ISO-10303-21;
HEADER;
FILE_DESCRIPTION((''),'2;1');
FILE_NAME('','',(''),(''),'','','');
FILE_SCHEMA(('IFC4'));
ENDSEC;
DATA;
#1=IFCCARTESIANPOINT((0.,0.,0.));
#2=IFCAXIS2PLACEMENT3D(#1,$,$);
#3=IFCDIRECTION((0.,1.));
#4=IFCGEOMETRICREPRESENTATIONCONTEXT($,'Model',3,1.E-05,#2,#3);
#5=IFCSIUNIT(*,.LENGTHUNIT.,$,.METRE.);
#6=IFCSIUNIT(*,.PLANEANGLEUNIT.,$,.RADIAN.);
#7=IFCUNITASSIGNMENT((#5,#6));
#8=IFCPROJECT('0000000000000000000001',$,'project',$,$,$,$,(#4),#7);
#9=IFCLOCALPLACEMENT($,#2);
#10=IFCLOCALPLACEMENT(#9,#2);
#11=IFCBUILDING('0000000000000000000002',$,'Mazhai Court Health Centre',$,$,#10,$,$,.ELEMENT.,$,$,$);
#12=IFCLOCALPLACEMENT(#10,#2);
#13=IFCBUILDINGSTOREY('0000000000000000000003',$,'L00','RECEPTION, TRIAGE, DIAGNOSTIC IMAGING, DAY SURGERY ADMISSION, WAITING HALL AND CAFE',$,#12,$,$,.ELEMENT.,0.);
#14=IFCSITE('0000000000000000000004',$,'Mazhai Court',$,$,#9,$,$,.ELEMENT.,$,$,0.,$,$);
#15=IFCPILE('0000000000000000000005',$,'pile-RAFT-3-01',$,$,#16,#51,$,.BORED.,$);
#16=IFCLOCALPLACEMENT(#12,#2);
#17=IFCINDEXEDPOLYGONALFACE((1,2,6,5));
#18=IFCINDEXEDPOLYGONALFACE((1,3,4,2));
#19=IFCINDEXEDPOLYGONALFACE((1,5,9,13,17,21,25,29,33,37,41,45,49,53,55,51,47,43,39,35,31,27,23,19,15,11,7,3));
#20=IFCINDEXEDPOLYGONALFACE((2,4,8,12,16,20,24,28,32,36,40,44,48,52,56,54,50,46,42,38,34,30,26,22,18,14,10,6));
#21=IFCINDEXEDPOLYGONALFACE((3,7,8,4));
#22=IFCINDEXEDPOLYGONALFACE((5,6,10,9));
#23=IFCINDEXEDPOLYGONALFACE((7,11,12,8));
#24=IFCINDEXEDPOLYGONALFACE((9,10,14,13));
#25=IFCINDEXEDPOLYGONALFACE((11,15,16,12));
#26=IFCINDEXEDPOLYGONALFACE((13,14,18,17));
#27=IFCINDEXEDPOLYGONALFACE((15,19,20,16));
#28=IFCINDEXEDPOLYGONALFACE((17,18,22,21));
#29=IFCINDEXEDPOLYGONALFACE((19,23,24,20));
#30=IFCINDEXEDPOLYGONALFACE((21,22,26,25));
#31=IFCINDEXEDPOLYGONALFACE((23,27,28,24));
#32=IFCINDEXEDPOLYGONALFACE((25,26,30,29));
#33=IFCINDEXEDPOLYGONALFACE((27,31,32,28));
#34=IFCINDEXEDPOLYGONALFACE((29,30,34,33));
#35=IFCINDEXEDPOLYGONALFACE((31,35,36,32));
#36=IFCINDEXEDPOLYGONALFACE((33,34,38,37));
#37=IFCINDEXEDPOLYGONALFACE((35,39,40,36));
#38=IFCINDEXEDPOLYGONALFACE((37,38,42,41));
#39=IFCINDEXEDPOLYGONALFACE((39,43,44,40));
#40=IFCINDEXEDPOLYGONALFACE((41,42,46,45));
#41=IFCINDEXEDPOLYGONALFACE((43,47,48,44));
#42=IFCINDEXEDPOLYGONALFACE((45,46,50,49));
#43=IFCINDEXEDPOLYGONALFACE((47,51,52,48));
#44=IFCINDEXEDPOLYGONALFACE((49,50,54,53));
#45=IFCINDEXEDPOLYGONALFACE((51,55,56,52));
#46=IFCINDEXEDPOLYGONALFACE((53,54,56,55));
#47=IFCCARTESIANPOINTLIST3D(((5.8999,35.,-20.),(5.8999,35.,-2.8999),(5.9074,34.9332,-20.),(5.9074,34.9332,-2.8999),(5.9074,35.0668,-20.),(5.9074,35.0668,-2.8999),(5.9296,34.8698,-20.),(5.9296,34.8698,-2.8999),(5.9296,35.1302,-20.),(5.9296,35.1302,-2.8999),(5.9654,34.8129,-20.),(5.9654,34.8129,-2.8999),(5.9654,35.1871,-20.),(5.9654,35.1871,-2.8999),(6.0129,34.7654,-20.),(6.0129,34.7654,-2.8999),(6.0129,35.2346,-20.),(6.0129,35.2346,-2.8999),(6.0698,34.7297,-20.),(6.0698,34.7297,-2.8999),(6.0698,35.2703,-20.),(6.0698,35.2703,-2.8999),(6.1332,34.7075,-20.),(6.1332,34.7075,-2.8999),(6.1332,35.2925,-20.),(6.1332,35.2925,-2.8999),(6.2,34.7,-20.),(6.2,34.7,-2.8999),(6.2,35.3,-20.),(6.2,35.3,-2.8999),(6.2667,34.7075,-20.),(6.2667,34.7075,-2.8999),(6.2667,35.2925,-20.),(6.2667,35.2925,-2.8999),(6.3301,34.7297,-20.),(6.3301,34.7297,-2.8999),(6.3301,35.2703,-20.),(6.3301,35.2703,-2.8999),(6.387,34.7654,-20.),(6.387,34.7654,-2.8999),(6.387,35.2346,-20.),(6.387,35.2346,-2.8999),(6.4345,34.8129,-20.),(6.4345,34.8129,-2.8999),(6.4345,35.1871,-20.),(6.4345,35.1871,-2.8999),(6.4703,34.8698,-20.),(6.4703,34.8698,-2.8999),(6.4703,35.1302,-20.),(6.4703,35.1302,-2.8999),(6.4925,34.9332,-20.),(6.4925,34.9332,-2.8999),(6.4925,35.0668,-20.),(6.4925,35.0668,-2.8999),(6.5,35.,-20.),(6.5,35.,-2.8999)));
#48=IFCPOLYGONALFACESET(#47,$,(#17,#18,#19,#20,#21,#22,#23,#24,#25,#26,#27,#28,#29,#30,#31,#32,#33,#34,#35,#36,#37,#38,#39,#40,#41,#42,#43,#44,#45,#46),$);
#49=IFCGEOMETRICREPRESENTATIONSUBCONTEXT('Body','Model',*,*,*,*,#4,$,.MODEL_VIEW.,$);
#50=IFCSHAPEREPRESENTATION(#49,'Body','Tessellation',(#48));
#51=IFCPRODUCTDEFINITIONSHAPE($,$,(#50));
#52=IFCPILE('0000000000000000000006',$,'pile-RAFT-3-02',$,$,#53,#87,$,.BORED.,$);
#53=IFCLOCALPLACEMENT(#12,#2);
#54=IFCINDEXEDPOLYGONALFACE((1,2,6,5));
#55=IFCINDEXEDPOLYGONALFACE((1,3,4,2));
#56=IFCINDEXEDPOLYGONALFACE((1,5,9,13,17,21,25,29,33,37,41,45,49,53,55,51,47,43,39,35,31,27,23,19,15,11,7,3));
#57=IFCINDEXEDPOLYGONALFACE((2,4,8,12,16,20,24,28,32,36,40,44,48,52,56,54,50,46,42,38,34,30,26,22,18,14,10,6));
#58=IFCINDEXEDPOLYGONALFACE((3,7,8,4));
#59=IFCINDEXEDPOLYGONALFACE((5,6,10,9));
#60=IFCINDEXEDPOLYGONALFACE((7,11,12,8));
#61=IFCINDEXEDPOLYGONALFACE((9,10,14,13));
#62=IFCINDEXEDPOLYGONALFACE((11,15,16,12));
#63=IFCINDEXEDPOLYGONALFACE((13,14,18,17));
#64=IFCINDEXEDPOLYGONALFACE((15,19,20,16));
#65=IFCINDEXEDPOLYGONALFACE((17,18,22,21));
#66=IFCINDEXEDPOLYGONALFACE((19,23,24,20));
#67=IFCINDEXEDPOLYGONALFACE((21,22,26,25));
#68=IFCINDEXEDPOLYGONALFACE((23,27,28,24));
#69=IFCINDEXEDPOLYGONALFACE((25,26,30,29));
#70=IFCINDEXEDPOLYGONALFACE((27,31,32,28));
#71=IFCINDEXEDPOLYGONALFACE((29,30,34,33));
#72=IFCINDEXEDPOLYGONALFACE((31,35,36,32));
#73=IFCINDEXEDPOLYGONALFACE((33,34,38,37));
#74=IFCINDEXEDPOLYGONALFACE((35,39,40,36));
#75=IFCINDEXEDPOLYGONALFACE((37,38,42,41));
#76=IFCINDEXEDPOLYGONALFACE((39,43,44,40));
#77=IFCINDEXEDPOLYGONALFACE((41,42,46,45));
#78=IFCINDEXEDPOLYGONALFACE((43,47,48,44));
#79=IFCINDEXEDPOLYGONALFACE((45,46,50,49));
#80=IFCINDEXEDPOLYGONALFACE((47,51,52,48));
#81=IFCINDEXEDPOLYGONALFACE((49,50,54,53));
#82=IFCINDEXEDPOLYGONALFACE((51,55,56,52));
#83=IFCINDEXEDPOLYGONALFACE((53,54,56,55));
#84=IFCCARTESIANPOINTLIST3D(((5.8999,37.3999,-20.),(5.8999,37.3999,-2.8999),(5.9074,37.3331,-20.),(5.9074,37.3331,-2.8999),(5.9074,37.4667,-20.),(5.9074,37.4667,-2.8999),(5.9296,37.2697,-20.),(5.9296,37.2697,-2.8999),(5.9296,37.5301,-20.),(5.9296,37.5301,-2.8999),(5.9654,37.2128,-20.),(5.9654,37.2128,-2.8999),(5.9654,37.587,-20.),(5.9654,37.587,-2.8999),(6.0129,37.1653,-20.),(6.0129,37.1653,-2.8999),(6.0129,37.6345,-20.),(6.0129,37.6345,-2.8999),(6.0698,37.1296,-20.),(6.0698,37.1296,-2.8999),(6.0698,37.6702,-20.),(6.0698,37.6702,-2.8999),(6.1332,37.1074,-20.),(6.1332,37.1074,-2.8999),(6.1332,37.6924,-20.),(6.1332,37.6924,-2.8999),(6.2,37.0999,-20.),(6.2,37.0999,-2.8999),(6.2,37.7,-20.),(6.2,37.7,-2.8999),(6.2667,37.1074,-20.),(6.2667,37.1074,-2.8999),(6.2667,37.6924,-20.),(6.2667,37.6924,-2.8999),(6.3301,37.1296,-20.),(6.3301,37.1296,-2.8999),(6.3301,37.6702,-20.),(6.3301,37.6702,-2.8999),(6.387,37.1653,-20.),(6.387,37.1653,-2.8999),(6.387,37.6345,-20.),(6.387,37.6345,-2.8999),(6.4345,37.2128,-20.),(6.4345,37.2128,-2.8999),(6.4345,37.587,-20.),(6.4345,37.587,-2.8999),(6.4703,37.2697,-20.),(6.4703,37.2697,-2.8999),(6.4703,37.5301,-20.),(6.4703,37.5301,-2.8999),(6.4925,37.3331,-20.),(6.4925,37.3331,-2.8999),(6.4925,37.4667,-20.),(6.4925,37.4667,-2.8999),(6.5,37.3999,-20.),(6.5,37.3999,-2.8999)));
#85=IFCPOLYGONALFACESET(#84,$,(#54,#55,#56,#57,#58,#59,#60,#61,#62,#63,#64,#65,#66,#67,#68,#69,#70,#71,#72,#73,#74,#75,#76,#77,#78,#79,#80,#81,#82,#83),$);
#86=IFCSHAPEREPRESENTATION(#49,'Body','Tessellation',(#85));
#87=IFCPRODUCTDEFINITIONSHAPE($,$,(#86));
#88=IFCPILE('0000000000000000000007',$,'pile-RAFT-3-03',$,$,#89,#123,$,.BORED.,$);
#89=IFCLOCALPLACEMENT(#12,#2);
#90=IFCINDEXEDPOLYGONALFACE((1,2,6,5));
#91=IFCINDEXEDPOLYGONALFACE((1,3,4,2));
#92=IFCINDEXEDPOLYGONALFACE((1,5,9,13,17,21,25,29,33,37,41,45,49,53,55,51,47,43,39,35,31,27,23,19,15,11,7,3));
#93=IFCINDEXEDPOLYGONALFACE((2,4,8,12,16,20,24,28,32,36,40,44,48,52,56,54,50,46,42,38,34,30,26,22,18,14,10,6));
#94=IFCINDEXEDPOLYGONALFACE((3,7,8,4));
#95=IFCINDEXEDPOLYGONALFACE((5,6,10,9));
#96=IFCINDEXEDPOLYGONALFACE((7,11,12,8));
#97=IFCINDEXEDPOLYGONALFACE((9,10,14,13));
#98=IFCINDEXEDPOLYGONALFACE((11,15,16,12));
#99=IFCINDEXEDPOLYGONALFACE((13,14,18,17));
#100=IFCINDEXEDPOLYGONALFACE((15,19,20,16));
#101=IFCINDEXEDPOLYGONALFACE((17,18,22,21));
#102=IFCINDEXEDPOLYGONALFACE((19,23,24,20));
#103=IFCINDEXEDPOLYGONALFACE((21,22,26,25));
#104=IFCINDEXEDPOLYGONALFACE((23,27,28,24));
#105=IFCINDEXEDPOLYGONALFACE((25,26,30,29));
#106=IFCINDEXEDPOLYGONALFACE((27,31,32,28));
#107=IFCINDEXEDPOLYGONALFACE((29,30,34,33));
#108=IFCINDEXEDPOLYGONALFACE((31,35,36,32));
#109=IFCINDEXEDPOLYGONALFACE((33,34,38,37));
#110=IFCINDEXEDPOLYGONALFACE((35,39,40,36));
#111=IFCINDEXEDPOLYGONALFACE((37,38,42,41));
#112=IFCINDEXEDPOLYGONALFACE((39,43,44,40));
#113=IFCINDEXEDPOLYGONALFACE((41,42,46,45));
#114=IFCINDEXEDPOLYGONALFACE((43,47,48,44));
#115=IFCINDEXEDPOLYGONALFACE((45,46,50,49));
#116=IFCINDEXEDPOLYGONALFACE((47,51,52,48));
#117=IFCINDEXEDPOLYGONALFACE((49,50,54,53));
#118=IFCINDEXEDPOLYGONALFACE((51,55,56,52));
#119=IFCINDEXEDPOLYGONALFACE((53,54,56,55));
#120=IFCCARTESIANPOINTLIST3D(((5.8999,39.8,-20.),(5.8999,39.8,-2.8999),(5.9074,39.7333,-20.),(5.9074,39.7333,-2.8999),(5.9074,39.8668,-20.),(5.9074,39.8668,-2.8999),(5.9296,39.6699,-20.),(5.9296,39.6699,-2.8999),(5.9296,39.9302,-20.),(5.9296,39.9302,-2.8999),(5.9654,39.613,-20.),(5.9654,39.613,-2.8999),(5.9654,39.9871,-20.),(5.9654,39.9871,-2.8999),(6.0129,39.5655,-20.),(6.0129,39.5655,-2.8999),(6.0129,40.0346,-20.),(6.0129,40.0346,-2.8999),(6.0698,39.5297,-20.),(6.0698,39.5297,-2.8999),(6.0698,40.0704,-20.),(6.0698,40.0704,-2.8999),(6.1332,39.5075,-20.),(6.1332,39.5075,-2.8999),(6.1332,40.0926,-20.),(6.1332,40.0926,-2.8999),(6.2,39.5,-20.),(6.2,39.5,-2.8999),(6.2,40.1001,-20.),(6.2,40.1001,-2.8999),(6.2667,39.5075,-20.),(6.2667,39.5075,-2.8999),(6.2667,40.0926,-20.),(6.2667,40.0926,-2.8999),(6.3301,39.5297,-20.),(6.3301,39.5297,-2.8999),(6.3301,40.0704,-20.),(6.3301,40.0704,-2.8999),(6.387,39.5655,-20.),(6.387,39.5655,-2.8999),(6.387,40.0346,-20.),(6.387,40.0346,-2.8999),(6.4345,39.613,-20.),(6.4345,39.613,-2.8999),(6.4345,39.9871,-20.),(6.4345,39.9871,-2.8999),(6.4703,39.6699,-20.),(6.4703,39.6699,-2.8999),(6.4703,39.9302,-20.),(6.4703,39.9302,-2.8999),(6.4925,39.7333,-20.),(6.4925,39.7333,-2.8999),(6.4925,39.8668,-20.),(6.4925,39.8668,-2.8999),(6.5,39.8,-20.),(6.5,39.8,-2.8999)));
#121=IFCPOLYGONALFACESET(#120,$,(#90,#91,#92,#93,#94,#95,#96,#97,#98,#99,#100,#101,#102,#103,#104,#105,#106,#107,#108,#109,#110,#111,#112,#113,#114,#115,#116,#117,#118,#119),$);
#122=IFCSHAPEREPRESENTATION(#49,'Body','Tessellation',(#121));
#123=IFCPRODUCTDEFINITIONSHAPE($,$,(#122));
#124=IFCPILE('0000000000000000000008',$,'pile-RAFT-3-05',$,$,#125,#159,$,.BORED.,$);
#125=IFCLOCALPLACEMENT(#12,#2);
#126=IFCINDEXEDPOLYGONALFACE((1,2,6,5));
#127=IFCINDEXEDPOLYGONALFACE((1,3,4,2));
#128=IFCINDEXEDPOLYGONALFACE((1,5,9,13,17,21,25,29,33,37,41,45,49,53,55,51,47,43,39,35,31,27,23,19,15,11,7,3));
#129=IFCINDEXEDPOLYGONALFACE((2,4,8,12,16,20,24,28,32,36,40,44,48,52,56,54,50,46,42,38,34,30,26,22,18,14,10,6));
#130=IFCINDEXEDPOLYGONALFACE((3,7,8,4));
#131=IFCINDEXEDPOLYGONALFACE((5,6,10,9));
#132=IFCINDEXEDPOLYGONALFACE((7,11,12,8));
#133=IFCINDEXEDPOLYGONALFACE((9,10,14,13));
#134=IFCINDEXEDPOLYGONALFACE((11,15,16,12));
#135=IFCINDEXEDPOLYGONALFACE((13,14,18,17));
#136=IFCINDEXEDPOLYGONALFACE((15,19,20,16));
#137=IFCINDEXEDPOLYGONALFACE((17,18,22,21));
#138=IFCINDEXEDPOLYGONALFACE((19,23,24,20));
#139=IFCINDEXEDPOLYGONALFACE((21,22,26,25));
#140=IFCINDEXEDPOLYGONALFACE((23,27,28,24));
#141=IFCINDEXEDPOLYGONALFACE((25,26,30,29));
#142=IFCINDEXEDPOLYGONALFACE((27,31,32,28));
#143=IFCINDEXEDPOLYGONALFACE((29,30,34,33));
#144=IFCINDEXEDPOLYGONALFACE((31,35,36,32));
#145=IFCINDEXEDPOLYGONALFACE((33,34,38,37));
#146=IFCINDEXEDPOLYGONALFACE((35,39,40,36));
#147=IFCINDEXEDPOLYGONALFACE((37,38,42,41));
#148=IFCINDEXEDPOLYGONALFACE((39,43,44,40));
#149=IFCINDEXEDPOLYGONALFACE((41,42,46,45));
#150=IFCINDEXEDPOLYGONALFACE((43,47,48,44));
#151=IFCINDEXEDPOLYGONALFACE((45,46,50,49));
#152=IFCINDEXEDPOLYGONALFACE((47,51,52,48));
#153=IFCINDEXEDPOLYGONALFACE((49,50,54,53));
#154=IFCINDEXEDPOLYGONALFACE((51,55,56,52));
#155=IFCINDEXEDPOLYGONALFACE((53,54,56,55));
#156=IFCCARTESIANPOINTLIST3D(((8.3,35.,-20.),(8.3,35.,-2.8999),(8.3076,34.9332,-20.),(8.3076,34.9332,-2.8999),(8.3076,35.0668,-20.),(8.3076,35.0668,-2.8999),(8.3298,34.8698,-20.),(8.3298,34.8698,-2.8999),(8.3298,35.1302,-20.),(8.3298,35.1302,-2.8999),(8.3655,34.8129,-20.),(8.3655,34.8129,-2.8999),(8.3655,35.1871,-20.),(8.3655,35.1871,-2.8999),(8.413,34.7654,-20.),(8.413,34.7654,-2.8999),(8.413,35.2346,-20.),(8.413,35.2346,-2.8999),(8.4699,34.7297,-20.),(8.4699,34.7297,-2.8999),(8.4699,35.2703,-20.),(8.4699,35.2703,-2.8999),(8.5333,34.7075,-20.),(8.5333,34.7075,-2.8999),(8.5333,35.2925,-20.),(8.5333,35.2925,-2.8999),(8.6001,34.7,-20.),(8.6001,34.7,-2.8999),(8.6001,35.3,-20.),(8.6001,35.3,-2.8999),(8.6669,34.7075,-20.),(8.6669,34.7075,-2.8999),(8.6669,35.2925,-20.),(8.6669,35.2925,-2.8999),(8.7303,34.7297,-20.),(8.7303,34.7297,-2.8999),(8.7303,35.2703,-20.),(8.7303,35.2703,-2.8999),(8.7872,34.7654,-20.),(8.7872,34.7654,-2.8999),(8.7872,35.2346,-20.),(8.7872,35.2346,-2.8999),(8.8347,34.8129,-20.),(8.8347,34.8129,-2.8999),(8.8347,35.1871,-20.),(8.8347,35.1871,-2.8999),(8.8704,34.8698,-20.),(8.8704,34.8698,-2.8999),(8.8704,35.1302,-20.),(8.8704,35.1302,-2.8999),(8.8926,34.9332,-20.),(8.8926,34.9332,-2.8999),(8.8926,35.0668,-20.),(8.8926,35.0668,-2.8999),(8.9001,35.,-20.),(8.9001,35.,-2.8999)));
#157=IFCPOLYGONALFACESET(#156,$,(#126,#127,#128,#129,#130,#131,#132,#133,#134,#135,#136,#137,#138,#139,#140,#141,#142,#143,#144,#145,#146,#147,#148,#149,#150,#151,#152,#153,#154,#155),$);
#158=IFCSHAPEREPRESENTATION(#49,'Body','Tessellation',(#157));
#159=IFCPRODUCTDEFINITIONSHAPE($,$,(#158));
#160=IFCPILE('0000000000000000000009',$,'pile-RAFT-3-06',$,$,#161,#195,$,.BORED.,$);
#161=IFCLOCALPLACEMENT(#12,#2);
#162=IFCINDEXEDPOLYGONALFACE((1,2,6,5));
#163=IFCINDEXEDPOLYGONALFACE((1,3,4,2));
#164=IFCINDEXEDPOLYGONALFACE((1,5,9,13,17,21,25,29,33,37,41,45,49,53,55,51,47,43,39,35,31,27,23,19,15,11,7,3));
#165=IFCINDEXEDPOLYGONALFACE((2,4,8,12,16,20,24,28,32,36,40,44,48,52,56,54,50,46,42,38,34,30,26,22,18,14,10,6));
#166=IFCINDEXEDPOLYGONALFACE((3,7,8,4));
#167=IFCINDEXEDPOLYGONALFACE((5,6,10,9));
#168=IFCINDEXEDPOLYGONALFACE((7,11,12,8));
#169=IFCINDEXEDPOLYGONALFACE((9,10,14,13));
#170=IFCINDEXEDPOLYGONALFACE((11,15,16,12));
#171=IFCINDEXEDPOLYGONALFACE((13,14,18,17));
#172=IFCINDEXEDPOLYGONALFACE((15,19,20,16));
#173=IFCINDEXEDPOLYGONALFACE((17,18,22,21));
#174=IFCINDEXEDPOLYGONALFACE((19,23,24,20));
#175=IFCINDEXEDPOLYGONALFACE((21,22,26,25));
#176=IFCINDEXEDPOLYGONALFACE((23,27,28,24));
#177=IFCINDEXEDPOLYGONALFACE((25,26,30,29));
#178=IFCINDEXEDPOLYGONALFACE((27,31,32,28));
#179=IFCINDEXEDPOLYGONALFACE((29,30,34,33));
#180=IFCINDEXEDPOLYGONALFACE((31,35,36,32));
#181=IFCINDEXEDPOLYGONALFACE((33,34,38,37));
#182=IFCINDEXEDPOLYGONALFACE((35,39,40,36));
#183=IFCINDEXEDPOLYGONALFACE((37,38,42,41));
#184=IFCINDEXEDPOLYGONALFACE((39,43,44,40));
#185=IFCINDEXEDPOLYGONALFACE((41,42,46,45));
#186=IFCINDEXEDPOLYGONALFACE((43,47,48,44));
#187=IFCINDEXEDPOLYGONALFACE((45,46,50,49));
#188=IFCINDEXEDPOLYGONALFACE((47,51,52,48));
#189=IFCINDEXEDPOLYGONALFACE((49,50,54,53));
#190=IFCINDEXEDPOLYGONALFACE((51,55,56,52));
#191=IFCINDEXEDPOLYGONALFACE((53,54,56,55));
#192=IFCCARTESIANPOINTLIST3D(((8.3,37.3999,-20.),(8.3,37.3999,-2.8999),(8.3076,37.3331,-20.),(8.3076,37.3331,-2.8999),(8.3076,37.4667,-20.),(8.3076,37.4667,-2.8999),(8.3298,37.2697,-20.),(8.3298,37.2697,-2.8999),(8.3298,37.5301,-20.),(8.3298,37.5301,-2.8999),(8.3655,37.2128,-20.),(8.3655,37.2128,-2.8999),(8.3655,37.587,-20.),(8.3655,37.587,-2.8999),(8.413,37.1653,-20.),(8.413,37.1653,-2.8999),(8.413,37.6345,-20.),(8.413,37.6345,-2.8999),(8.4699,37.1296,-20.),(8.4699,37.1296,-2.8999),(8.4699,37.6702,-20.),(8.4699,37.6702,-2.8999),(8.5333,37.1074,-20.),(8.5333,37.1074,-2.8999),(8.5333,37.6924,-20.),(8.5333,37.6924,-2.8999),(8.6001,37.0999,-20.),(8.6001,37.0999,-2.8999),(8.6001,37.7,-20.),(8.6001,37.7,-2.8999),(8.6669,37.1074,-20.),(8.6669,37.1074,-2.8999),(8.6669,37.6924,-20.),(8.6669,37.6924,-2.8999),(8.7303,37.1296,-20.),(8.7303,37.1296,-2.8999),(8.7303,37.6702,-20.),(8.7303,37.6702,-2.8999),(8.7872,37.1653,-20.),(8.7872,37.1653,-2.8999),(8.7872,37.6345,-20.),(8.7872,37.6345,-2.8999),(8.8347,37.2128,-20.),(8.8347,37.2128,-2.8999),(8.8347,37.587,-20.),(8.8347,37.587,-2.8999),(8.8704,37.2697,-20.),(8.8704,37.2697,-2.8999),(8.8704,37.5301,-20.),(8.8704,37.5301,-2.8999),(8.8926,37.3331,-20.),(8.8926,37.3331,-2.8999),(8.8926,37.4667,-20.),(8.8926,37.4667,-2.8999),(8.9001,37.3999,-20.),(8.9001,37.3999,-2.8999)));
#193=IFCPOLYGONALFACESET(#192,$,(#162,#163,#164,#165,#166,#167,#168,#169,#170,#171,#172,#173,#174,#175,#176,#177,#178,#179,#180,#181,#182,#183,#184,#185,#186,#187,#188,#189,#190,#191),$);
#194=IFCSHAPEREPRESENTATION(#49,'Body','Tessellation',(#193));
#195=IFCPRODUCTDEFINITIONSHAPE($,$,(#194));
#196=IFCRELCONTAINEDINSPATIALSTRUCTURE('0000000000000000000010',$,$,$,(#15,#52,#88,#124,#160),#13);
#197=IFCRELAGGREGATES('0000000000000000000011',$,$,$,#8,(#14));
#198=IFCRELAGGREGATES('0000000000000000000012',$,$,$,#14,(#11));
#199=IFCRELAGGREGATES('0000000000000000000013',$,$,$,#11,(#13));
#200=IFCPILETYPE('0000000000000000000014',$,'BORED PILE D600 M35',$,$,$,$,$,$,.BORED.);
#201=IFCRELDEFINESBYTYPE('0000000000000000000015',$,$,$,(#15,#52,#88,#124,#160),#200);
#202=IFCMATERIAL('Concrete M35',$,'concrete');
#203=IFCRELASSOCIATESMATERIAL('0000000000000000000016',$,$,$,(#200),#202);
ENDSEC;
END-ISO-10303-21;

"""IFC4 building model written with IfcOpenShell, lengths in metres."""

from ifc_helpers import new_model, si_unit, direction, frame, origin, origin_2d, place, context, subcontext, project, spatial, circle, extrude, material, material_profile, profile_set, type_object, element, save


model = new_model("IFC4")

# Units and contexts
model_context = context("Model", 3, precision=1e-05, world=origin(), true_north=direction((0.0, 1.0)))
body_context = subcontext(model_context, "Body", "Model", "MODEL_VIEW")
ifc_project = project(units=[si_unit("LENGTHUNIT", "METRE"), si_unit("PLANEANGLEUNIT", "RADIAN")], contexts=[model_context])

# Site, building, storey
site_placement = place(None, origin())
site = spatial("IfcSite", under=ifc_project, at=site_placement, Name="Mazhai Court", CompositionType="ELEMENT", RefElevation=0.0)
building_placement = place(site_placement, origin())
building = spatial("IfcBuilding", under=site, at=building_placement, Name="Mazhai Court Health Centre", CompositionType="ELEMENT")
storey_placement = place(building_placement, origin())
storey = spatial("IfcBuildingStorey", under=building, at=storey_placement, Name="L00", Description="RECEPTION, TRIAGE, DIAGNOSTIC IMAGING, DAY SURGERY ADMISSION, WAITING HALL AND CAFE", CompositionType="ELEMENT", Elevation=0.0)

# Piles
ifc_material_1 = material(Name="Concrete M35", Category="concrete")
ifc_material_profile_1 = material_profile(ifc_material_1, circle(Radius=0.3, at=origin_2d()), Name="RC PILE D600")
ifc_profile_set_1 = profile_set([ifc_material_profile_1], Name="Concrete M35")
pile_type = type_object("IfcPileType", Name="BORED PILE D600 M35", PredefinedType="BORED", material=ifc_profile_set_1)
for number, where, z_axis, x_axis, name in (
    (1, (6.2, 35.0, -2.8999), (0.0, 0.0, -1.0), (1.0, 0.0, 0.0), "pile-RAFT-3-01"),
    (2, (6.2, 37.3999, -2.8999), (0.0, 0.0, -1.0), (1.0, 0.0, 0.0), "pile-RAFT-3-02"),
    (3, (6.2, 39.8, -2.8999), (0.0, 0.0, -1.0), (1.0, 0.0, 0.0), "pile-RAFT-3-03"),
    (4, (8.6001, 35.0, -2.8999), (0.0, 0.0, -1.0), (1.0, 0.0, 0.0), "pile-RAFT-3-05"),
    (5, (8.6001, 37.3999, -2.8999), (0.0, 0.0, -1.0), (1.0, 0.0, 0.0), "pile-RAFT-3-06"),
):
    element("IfcPile", number, at=place(storey_placement, frame(where, z_axis=z_axis, x_axis=x_axis)), inside=storey, type_object=pile_type, Name=name, PredefinedType="BORED", context=body_context, shape_type="SweptSolid", body=[
        extrude(circle(Radius=0.3, at=origin_2d()), origin(), (0.0, 0.0, 1.0), 17.1001),
    ])

save(model, "model.ifc")
